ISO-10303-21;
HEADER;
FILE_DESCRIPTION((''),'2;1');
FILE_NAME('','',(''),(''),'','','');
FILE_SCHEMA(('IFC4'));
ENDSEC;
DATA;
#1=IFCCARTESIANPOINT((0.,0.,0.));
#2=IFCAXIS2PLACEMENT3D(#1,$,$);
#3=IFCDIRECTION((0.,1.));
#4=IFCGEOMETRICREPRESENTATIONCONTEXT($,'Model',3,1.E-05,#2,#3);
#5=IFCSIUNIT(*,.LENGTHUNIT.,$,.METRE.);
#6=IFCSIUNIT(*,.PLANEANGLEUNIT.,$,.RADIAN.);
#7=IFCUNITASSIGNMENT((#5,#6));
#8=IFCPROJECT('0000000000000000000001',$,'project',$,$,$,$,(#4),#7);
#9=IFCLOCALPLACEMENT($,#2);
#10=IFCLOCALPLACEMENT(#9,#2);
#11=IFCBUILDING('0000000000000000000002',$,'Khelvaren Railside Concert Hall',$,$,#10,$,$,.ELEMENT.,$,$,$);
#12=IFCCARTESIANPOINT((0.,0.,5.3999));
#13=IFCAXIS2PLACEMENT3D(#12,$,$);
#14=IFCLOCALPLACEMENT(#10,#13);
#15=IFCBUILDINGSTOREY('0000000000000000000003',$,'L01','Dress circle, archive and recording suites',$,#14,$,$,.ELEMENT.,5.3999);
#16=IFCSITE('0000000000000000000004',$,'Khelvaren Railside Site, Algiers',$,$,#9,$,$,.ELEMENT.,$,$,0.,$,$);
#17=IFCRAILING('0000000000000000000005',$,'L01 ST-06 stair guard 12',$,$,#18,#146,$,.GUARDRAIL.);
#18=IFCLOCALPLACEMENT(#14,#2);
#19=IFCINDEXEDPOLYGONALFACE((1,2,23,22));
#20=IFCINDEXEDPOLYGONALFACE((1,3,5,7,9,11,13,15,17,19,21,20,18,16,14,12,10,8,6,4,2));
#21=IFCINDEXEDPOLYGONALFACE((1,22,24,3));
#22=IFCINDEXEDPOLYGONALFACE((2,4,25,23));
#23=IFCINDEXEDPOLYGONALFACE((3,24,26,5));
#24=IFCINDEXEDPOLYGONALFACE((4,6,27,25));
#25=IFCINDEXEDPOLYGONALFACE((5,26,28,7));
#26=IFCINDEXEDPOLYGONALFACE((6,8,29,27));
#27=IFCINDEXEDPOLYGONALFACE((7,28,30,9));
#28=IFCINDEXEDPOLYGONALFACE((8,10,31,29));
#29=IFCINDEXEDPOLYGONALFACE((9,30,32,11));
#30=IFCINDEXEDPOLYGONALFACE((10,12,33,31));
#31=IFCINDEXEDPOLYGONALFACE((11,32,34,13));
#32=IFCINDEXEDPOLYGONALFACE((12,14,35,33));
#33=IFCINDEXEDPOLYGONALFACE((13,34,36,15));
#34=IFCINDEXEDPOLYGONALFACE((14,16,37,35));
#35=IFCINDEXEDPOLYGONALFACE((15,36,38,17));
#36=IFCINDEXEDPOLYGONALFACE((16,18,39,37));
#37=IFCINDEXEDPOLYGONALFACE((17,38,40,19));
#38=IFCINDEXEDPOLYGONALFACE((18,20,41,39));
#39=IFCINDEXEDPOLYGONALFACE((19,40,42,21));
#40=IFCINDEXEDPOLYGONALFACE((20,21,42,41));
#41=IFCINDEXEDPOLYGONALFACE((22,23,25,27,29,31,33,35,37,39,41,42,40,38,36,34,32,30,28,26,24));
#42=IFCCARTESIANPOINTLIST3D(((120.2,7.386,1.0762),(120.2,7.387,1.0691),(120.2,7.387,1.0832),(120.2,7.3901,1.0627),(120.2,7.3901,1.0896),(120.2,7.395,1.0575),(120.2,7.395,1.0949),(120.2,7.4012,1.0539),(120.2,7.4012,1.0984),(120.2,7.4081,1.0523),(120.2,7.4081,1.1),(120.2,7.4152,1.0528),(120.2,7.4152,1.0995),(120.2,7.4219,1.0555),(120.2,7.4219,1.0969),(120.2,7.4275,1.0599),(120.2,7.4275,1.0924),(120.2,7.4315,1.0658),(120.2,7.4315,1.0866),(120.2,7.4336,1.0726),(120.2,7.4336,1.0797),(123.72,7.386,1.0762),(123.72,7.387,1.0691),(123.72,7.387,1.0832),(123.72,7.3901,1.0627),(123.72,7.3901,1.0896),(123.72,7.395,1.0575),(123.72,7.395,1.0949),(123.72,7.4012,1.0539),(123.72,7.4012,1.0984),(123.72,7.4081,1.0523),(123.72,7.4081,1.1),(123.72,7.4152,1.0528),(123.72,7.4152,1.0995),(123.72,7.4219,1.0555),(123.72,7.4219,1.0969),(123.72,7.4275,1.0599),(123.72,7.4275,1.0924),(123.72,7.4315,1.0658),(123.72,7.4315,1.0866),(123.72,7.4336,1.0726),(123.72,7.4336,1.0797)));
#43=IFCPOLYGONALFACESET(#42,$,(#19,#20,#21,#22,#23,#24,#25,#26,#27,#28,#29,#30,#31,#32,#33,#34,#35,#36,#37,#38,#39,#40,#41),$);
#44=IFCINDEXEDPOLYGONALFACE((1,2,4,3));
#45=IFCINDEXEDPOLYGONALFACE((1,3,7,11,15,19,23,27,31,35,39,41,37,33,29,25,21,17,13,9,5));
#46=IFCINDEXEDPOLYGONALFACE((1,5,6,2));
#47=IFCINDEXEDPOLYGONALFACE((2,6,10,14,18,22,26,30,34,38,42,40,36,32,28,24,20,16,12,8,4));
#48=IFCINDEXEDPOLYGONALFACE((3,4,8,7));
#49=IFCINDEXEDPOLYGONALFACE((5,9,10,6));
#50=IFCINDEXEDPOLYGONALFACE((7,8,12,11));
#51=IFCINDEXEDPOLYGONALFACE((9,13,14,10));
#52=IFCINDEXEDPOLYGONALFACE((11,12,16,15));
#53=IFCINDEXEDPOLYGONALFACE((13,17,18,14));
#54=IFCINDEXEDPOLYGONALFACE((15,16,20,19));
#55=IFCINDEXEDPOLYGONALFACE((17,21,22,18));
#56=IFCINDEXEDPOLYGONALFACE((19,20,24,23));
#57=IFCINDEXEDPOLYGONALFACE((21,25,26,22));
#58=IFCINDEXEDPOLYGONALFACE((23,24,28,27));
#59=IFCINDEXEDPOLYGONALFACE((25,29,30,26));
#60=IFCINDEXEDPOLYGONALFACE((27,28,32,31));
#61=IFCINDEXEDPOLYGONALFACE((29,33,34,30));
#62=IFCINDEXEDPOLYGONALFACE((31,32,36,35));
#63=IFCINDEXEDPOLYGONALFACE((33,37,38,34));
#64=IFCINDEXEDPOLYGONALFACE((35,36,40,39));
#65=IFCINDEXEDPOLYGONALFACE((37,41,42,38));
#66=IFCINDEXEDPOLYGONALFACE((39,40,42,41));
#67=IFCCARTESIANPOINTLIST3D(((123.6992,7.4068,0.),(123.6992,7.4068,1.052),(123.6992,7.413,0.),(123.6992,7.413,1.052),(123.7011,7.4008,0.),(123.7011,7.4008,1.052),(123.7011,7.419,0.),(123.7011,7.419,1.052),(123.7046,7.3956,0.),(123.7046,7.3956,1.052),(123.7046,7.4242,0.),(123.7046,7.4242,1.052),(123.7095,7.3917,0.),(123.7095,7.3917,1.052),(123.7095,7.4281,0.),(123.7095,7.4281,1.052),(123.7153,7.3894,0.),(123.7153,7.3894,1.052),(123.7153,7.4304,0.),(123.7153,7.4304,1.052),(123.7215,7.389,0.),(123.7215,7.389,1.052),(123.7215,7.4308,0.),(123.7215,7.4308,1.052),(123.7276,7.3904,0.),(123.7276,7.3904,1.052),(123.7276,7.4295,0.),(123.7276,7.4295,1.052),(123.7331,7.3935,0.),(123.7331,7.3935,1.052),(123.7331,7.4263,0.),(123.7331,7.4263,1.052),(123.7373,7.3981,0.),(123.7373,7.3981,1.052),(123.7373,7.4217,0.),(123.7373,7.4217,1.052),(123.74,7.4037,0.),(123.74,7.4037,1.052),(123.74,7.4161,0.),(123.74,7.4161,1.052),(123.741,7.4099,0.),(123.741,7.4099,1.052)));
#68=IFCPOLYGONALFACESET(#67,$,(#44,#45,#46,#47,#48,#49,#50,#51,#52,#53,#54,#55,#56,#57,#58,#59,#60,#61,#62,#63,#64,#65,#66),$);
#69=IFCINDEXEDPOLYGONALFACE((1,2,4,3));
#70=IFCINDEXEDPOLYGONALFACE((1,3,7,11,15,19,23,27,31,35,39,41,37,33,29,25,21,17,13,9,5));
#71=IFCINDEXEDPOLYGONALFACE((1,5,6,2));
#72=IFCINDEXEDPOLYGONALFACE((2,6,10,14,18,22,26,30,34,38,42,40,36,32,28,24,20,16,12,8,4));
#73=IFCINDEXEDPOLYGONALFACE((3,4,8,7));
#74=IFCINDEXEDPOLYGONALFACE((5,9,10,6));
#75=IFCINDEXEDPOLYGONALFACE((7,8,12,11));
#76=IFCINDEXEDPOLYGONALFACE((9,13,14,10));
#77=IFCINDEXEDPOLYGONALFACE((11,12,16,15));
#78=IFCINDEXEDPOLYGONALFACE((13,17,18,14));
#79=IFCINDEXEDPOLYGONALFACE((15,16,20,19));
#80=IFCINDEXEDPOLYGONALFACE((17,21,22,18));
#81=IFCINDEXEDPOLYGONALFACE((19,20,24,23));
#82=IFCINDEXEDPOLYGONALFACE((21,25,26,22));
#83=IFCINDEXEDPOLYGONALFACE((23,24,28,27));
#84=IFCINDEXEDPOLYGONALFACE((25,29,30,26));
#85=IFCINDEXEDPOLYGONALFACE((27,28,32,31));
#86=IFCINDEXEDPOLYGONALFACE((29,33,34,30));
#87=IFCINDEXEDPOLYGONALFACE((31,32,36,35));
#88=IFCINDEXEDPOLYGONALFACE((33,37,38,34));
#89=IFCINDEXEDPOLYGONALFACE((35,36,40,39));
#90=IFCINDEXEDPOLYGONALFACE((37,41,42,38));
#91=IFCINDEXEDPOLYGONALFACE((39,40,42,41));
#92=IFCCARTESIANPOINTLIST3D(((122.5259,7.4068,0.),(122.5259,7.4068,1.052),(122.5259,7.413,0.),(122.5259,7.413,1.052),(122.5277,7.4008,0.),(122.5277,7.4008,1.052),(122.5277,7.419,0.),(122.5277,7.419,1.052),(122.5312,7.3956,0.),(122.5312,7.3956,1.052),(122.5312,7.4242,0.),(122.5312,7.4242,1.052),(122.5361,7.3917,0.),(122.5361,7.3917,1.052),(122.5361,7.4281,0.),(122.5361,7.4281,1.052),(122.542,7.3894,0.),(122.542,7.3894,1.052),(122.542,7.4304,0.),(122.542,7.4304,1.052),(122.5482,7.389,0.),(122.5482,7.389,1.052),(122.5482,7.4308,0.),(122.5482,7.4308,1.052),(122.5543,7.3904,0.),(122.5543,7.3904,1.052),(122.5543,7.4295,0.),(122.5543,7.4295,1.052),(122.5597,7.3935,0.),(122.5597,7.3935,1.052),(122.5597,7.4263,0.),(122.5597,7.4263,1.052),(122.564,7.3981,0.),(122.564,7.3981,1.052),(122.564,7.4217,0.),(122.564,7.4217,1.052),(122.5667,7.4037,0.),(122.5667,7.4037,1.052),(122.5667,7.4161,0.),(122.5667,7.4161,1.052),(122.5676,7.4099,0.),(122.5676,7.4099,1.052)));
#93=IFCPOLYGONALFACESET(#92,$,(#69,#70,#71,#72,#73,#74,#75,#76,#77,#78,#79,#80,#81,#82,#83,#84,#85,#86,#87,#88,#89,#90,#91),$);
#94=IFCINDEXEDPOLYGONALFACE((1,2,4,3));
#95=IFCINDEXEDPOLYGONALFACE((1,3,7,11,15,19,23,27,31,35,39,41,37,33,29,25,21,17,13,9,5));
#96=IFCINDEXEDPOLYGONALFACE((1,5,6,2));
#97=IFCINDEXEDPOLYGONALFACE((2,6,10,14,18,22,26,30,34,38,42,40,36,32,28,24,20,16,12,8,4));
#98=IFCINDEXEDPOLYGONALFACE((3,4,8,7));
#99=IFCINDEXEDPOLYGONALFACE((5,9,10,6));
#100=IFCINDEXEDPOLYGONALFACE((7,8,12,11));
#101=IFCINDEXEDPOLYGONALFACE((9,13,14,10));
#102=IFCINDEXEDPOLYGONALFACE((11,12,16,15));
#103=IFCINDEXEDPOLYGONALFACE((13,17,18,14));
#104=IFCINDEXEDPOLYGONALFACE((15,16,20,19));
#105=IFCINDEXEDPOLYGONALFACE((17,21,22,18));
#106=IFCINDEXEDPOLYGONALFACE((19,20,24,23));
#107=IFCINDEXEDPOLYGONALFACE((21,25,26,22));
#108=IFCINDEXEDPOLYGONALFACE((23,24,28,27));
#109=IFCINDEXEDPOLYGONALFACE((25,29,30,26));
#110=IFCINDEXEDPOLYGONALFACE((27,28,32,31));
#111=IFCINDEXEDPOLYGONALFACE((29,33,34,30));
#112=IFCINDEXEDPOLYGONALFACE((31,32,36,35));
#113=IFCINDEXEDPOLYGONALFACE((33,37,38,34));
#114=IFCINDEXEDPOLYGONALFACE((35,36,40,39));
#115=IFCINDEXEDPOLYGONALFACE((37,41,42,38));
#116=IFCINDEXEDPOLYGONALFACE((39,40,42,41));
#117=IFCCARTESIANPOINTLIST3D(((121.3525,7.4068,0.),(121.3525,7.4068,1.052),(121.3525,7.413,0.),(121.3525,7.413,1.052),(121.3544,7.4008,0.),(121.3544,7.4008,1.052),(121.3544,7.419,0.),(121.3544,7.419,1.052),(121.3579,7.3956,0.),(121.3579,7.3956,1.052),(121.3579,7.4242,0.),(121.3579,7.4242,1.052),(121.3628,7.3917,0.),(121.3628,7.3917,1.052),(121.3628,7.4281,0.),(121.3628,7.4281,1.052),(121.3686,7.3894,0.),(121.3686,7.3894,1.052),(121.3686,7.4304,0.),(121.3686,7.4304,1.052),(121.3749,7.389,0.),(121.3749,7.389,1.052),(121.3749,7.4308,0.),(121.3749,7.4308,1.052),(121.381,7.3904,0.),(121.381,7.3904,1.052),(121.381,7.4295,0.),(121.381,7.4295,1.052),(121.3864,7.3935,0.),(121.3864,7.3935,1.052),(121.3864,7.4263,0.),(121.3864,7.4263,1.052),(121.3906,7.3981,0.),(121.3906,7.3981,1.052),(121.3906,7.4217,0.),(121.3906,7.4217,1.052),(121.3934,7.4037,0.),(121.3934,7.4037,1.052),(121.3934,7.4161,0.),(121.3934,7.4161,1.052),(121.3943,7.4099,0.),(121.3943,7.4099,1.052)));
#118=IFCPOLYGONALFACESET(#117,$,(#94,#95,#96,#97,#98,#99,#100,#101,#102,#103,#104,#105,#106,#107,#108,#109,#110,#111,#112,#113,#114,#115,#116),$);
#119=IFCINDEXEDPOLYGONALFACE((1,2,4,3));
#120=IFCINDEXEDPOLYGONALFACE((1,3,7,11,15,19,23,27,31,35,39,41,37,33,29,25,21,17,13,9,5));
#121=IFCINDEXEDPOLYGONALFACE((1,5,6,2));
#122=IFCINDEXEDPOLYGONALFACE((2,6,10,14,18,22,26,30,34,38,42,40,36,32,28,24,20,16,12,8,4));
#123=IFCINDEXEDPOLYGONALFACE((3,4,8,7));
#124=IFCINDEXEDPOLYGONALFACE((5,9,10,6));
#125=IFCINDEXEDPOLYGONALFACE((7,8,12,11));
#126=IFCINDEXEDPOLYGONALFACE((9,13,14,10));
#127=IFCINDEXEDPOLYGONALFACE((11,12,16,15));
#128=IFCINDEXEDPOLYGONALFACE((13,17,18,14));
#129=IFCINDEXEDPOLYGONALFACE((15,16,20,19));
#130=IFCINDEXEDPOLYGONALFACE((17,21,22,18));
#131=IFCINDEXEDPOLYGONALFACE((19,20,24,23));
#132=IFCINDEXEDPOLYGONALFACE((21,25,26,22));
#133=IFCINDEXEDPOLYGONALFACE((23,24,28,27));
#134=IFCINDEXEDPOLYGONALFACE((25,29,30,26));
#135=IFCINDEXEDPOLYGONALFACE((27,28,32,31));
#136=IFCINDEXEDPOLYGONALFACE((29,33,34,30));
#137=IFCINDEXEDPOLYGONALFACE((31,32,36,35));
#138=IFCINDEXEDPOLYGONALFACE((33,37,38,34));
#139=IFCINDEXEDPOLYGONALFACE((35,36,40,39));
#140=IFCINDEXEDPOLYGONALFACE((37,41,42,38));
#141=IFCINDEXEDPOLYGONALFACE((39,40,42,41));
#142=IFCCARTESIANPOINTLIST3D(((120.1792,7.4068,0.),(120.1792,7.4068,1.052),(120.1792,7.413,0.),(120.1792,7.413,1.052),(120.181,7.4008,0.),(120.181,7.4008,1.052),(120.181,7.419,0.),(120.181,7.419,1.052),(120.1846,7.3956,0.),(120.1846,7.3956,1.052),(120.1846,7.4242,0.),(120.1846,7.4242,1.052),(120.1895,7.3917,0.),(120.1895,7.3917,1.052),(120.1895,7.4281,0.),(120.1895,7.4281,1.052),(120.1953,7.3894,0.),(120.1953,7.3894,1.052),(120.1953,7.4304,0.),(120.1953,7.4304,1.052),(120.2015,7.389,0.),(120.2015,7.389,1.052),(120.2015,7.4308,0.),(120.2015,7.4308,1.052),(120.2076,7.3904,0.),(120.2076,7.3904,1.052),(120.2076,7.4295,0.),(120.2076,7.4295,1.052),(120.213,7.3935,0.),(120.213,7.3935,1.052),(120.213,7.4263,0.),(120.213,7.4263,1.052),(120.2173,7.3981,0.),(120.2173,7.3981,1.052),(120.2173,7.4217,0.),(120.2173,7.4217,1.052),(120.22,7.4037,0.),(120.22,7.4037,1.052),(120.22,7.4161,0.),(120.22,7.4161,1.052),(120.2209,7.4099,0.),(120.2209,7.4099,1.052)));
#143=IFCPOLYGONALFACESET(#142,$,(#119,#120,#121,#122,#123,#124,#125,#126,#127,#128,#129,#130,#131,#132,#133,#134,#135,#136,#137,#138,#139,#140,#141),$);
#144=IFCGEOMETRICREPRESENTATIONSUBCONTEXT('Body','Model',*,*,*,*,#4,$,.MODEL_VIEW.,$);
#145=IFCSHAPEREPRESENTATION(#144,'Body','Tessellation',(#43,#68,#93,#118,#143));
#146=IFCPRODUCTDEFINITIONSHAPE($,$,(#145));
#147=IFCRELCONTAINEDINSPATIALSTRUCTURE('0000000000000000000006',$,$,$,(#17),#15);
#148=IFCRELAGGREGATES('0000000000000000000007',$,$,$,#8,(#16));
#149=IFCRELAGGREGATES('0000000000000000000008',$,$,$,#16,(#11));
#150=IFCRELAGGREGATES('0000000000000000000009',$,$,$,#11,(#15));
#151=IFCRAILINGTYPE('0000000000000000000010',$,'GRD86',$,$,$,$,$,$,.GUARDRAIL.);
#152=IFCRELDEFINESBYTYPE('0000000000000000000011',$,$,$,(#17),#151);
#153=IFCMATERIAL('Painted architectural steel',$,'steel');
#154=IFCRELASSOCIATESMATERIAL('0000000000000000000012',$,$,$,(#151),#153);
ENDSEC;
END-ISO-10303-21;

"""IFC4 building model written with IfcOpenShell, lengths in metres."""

from ifc_helpers import new_model, si_unit, direction, frame, origin, origin_2d, place, context, subcontext, project, spatial, circle, extrude, material, type_object, element, save


model = new_model("IFC4")

# Units and contexts
model_context = context("Model", 3, precision=1e-05, world=origin(), true_north=direction((0.0, 1.0)))
body_context = subcontext(model_context, "Body", "Model", "MODEL_VIEW")
ifc_project = project(units=[si_unit("LENGTHUNIT", "METRE"), si_unit("PLANEANGLEUNIT", "RADIAN")], contexts=[model_context])

# Site, building, storey
site_placement = place(None, origin())
site = spatial("IfcSite", under=ifc_project, at=site_placement, Name="Khelvaren Railside Site, Algiers", CompositionType="ELEMENT", RefElevation=0.0)
building_placement = place(site_placement, origin())
building = spatial("IfcBuilding", under=site, at=building_placement, Name="Khelvaren Railside Concert Hall", CompositionType="ELEMENT")
storey_placement = place(building_placement, frame((0.0, 0.0, 5.3999)))
storey = spatial("IfcBuildingStorey", under=building, at=storey_placement, Name="L01", Description="Dress circle, archive and recording suites", CompositionType="ELEMENT", Elevation=5.3999)

# Railing
ifc_material_1 = material(Name="Painted architectural steel", Category="steel")
railing_type_1 = type_object("IfcRailingType", Name="GRD86", PredefinedType="GUARDRAIL", material=ifc_material_1)
railing_1_placement = place(storey_placement, frame((123.72, 7.4099, 0.0)))
element("IfcRailing", 1, at=railing_1_placement, inside=storey, type_object=railing_type_1, Name="L01 ST-06 stair guard 12", PredefinedType="GUARDRAIL", context=body_context, shape_type="SweptSolid", body=[
    extrude(circle(Radius=0.0239, at=origin_2d()), frame((0.0, 0.0, 1.0762), z_axis=(-1.0, 0.0, 0.0), x_axis=(0.0, -1.0, 0.0)), (0.0, 0.0, 1.0), 3.52),
    extrude(circle(Radius=0.021, at=origin_2d()), origin(), (0.0, 0.0, 1.0), 1.052),
    extrude(circle(Radius=0.021, at=origin_2d()), frame((-1.1733, 0.0, 0.0)), (0.0, 0.0, 1.0), 1.052),
    extrude(circle(Radius=0.021, at=origin_2d()), frame((-2.3467, 0.0, 0.0)), (0.0, 0.0, 1.0), 1.052),
    extrude(circle(Radius=0.021, at=origin_2d()), frame((-3.52, 0.0, 0.0)), (0.0, 0.0, 1.0), 1.052),
])

save(model, "model.ifc")
